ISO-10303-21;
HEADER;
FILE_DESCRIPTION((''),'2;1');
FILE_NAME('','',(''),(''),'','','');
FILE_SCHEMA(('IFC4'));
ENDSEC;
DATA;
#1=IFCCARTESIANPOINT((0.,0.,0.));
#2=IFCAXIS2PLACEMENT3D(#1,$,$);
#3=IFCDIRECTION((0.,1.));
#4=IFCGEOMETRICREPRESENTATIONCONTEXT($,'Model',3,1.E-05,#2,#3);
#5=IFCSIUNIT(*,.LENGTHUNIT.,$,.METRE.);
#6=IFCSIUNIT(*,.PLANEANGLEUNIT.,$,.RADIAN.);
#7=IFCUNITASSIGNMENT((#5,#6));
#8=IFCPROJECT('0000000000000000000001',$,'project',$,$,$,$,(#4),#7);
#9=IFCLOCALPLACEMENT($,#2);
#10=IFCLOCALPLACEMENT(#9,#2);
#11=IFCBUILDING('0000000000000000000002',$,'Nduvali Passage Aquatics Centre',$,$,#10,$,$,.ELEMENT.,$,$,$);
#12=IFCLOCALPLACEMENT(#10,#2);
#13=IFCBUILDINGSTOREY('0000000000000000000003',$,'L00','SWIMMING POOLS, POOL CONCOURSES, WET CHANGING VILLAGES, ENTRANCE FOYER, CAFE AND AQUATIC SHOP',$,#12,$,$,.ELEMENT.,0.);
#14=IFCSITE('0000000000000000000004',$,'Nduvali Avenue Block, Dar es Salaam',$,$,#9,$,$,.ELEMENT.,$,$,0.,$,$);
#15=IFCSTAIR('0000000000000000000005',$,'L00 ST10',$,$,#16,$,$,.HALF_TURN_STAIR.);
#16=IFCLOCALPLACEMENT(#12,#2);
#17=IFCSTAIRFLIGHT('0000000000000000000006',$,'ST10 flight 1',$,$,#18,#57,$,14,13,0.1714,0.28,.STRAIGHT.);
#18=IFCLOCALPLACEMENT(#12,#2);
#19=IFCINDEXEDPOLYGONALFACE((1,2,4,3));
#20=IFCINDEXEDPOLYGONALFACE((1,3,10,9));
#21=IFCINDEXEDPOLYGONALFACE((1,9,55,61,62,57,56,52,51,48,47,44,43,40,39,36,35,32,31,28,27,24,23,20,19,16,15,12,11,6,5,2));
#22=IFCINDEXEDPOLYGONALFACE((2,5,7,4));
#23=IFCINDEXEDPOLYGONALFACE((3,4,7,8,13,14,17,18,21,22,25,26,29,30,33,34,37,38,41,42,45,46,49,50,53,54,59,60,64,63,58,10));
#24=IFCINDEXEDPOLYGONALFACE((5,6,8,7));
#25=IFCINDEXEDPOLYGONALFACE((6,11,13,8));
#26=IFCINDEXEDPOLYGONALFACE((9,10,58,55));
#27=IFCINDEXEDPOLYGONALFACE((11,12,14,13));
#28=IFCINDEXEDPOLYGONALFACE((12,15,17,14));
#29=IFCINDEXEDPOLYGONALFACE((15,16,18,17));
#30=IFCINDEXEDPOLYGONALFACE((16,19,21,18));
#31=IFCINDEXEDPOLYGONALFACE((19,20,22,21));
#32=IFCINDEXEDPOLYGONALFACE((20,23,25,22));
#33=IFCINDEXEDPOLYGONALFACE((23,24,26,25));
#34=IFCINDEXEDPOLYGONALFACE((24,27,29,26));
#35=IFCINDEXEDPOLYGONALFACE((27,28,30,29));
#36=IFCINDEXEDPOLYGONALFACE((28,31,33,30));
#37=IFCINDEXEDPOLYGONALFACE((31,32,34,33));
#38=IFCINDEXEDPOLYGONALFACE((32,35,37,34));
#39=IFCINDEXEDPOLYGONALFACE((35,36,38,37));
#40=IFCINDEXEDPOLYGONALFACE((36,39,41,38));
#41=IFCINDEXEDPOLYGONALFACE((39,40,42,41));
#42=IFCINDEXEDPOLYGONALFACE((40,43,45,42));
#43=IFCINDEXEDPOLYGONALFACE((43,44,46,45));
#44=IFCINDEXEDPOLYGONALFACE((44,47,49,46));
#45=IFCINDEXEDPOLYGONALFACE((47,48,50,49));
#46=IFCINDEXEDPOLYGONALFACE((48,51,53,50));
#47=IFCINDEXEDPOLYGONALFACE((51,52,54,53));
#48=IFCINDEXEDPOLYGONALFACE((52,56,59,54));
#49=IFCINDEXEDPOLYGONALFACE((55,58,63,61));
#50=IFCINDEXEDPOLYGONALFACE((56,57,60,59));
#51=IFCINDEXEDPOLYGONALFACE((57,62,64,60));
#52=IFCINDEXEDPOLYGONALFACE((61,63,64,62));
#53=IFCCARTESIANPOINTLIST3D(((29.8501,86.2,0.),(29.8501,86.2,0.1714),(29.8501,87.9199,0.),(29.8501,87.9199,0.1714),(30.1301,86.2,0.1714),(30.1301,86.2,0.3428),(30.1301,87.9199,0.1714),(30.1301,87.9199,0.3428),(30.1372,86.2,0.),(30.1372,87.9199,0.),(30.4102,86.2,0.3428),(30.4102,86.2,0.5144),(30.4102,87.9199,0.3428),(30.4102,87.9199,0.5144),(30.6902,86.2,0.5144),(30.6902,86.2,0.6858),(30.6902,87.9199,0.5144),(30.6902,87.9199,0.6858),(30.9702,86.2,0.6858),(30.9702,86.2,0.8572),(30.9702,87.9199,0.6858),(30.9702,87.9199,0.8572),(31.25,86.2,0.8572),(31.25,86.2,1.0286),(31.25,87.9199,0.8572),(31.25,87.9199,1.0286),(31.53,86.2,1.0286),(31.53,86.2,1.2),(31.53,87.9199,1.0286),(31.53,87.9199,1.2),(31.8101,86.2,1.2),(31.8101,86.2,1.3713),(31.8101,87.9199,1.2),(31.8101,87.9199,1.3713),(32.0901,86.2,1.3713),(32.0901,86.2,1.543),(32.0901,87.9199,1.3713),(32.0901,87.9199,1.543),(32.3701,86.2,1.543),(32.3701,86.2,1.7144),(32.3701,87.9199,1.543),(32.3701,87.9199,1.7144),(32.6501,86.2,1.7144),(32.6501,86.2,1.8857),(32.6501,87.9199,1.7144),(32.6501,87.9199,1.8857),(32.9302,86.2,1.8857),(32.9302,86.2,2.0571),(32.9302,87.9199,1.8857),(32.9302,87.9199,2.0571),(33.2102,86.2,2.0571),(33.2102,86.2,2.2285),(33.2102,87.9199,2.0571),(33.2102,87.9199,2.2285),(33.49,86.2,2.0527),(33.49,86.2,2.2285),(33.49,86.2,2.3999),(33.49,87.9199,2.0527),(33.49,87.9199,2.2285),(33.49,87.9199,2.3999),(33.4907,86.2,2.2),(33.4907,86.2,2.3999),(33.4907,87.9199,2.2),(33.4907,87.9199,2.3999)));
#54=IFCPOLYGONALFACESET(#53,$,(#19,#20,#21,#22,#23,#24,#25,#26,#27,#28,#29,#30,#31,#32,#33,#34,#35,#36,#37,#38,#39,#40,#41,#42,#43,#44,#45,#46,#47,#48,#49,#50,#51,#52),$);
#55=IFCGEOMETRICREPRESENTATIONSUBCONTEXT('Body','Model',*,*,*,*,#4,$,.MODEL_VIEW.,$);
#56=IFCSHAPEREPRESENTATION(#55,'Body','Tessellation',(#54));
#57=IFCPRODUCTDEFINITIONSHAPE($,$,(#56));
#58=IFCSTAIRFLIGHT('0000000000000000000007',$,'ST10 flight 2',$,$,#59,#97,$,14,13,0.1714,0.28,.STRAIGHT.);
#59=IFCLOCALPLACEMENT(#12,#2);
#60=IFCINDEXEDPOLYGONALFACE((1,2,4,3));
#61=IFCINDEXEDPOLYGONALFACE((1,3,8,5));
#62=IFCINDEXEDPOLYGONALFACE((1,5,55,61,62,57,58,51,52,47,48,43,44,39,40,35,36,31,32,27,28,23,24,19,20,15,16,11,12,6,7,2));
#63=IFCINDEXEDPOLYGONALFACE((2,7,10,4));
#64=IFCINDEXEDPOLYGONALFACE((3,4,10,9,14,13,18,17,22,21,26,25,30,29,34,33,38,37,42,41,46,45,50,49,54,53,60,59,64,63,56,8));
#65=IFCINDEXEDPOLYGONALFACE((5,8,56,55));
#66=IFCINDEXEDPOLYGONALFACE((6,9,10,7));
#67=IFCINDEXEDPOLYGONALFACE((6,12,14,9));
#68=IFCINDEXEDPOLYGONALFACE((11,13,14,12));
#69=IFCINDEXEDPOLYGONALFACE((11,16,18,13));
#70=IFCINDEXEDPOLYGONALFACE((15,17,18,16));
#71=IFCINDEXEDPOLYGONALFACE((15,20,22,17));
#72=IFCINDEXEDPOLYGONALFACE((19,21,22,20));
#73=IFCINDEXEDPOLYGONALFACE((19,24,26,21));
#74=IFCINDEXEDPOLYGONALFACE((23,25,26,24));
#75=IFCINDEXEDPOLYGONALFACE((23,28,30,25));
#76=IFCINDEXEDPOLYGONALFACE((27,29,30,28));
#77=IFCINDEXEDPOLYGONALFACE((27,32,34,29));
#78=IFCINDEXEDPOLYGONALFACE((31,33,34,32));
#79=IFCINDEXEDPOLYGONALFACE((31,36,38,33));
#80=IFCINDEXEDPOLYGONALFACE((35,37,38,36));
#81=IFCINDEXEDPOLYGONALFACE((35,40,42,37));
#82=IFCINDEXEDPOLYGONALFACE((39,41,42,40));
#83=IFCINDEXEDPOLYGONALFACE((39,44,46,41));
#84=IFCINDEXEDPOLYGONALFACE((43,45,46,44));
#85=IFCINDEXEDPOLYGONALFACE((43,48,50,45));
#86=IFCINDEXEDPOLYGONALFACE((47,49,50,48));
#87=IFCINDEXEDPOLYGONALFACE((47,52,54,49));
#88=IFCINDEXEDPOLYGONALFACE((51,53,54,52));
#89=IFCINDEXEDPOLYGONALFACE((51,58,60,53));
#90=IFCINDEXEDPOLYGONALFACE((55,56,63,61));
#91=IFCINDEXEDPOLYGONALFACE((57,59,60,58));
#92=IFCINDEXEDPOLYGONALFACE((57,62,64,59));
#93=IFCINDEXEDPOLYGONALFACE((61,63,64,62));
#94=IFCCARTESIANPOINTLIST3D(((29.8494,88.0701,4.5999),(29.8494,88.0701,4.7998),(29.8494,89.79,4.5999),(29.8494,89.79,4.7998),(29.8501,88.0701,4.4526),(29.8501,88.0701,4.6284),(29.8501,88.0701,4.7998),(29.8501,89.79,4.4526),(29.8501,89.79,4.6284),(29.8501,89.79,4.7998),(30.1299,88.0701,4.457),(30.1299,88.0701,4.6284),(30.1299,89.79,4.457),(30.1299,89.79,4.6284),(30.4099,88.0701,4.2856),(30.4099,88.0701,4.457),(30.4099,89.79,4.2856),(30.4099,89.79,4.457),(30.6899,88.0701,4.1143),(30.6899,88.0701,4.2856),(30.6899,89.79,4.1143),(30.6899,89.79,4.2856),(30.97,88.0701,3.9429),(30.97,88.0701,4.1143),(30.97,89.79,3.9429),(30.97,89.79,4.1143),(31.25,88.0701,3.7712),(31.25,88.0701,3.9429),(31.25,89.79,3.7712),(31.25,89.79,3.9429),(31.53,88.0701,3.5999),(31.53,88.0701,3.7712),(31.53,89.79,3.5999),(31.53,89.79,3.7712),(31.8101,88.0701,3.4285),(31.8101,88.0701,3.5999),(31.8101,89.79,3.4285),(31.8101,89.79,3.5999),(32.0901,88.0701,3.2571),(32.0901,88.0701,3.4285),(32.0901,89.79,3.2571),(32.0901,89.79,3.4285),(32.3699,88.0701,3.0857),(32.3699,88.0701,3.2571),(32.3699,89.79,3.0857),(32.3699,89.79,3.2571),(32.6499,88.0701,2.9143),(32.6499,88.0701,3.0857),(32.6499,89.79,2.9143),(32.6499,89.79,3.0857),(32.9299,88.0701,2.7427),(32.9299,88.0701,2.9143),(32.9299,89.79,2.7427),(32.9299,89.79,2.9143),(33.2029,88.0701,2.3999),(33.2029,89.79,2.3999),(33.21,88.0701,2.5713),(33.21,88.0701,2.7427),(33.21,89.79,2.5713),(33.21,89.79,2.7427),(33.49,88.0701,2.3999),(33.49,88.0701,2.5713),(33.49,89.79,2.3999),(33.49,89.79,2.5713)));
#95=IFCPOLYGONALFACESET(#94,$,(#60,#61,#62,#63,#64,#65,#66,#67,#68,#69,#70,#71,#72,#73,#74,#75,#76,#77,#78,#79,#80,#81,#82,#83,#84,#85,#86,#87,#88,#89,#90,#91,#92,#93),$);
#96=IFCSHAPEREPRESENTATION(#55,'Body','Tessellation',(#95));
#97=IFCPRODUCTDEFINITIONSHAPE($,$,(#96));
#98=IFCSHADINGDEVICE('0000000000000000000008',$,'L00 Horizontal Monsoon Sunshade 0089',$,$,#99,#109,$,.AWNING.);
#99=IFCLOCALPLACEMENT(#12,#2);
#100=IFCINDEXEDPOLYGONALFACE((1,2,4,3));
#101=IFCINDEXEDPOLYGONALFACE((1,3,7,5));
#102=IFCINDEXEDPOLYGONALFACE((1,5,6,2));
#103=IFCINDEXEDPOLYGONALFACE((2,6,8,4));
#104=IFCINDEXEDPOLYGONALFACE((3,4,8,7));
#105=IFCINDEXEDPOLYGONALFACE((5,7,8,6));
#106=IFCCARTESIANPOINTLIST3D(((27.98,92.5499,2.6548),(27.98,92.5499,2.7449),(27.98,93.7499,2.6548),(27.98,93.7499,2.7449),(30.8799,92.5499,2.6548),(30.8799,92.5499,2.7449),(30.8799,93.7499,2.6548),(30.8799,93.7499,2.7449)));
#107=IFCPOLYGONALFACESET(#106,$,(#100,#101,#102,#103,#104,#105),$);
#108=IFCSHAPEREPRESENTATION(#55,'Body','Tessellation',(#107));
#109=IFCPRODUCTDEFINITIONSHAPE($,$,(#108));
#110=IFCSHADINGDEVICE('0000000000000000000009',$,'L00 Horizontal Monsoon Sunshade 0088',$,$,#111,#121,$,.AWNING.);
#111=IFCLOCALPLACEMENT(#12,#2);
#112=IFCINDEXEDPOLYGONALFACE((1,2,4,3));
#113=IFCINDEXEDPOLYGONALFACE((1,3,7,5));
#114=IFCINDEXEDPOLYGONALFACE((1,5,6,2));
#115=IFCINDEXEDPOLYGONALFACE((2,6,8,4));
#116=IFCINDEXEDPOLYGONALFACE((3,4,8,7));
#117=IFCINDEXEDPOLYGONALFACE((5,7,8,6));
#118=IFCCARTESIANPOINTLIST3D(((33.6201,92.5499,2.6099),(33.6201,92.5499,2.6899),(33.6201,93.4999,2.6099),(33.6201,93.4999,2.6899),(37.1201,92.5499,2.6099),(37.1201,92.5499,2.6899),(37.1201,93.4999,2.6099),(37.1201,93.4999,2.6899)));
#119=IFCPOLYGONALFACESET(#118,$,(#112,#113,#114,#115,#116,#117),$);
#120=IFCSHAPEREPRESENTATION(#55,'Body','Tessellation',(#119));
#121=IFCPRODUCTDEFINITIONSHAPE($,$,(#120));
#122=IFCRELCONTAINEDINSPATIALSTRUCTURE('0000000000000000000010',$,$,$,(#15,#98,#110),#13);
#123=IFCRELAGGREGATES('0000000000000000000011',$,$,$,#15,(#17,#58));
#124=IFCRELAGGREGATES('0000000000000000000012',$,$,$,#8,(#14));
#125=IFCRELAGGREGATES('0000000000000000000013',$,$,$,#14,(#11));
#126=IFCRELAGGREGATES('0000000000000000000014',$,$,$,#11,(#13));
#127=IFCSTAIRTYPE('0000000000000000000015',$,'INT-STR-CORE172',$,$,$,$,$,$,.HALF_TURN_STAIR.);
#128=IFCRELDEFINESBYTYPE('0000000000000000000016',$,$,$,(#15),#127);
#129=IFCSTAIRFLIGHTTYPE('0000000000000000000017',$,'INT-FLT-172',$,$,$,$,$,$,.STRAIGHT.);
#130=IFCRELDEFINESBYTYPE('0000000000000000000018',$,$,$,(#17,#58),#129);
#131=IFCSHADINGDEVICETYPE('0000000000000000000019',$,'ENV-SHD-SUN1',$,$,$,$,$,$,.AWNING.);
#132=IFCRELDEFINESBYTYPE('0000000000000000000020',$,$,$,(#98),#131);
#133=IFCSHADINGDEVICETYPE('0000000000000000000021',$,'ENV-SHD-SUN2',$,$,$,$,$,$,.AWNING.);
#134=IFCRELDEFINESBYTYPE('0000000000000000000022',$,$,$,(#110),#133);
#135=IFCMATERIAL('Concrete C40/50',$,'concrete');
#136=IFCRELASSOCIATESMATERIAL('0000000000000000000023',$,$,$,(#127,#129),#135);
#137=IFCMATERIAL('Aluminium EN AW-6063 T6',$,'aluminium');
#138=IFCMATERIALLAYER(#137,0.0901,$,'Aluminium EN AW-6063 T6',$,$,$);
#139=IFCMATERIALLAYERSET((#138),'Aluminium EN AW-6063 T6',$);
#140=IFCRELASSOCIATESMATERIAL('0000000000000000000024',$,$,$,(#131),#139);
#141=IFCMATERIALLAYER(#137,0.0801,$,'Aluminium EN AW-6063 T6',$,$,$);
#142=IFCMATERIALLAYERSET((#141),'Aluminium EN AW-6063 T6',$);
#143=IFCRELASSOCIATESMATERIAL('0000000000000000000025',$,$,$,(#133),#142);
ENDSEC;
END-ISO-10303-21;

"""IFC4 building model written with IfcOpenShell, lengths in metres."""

from ifc_helpers import new_model, si_unit, direction, frame, origin, origin_2d, place, context, subcontext, project, spatial, polyline, rectangle, outline, extrude, material, layer, layer_set, type_object, element, aggregate, save


model = new_model("IFC4")

# Units and contexts
model_context = context("Model", 3, precision=1e-05, world=origin(), true_north=direction((0.0, 1.0)))
body_context = subcontext(model_context, "Body", "Model", "MODEL_VIEW")
ifc_project = project(units=[si_unit("LENGTHUNIT", "METRE"), si_unit("PLANEANGLEUNIT", "RADIAN")], contexts=[model_context])

# Site, building, storey
site_placement = place(None, origin())
site = spatial("IfcSite", under=ifc_project, at=site_placement, Name="Nduvali Avenue Block, Dar es Salaam", CompositionType="ELEMENT", RefElevation=0.0)
building_placement = place(site_placement, origin())
building = spatial("IfcBuilding", under=site, at=building_placement, Name="Nduvali Passage Aquatics Centre", CompositionType="ELEMENT")
storey_placement = place(building_placement, origin())
storey = spatial("IfcBuildingStorey", under=building, at=storey_placement, Name="L00", Description="SWIMMING POOLS, POOL CONCOURSES, WET CHANGING VILLAGES, ENTRANCE FOYER, CAFE AND AQUATIC SHOP", CompositionType="ELEMENT", Elevation=0.0)

# Shared definitions
ifc_material_1 = material(Name="Concrete C40/50", Category="concrete")

# Shared definitions
ifc_material_2 = material(Name="Aluminium EN AW-6063 T6", Category="aluminium")

# Stair, stair flights
stair_type = type_object("IfcStairType", Name="INT-STR-CORE172", PredefinedType="HALF_TURN_STAIR", material=ifc_material_1)
stair_placement = place(storey_placement, origin())
stair = element("IfcStair", 1, at=stair_placement, inside=storey, type_object=stair_type, Name="L00 ST10", PredefinedType="HALF_TURN_STAIR")
stair_flight_type = type_object("IfcStairFlightType", Name="INT-FLT-172", PredefinedType="STRAIGHT", material=ifc_material_1)
stair_flight_1_placement = place(storey_placement, frame((29.8501, 87.0601, 0.0), z_axis=(0.0, 0.0, 1.0), x_axis=(1.0, 0.0, 0.0)))
stair_flight_1 = element("IfcStairFlight", 2, at=stair_flight_1_placement, type_object=stair_flight_type, Name="ST10 flight 1", NumberOfRisers=14, NumberOfTreads=13, PredefinedType="STRAIGHT", RiserHeight=0.1714, TreadLength=0.28, context=body_context, shape_type="SweptSolid", body=[
    extrude(outline(polyline([(0.0, 0.0), (0.0, 0.1714), (0.28, 0.1714), (0.28, 0.3428), (0.5601, 0.3428), (0.5601, 0.5144), (0.8401, 0.5144), (0.8401, 0.6858), (1.1201, 0.6858), (1.1201, 0.8572), (1.3999, 0.8572), (1.3999, 1.0286), (1.6799, 1.0286), (1.6799, 1.2), (1.96, 1.2), (1.96, 1.3713), (2.24, 1.3713), (2.24, 1.543), (2.52, 1.543), (2.52, 1.7144), (2.8, 1.7144), (2.8, 1.8857), (3.0801, 1.8857), (3.0801, 2.0571), (3.3601, 2.0571), (3.3601, 2.2285), (3.6399, 2.2285), (3.6399, 2.3999), (3.6406, 2.3999), (3.6406, 2.2), (3.6399, 2.0527), (0.2871, 0.0), (0.0, 0.0)])), frame((0.0, 0.8599, 0.0), z_axis=(0.0, -1.0, 0.0), x_axis=(1.0, 0.0, 0.0)), (0.0, 0.0, 1.0), 1.72),
])
stair_flight_2_placement = place(storey_placement, frame((33.49, 88.9299, 2.3999), z_axis=(0.0, 0.0, 1.0), x_axis=(-1.0, 0.0, 0.0)))
stair_flight_2 = element("IfcStairFlight", 3, at=stair_flight_2_placement, type_object=stair_flight_type, Name="ST10 flight 2", NumberOfRisers=14, NumberOfTreads=13, PredefinedType="STRAIGHT", RiserHeight=0.1714, TreadLength=0.28, context=body_context, shape_type="SweptSolid", body=[
    extrude(outline(polyline([(0.0, 0.0), (0.0, 0.1714), (0.28, 0.1714), (0.28, 0.3428), (0.5601, 0.3428), (0.5601, 0.5144), (0.8401, 0.5144), (0.8401, 0.6858), (1.1201, 0.6858), (1.1201, 0.8572), (1.3999, 0.8572), (1.3999, 1.0286), (1.6799, 1.0286), (1.6799, 1.2), (1.96, 1.2), (1.96, 1.3713), (2.24, 1.3713), (2.24, 1.543), (2.52, 1.543), (2.52, 1.7144), (2.8, 1.7144), (2.8, 1.8857), (3.0801, 1.8857), (3.0801, 2.0571), (3.3601, 2.0571), (3.3601, 2.2285), (3.6399, 2.2285), (3.6399, 2.3999), (3.6406, 2.3999), (3.6406, 2.2), (3.6399, 2.0527), (0.2871, 0.0), (0.0, 0.0)])), frame((0.0, 0.8599, 0.0), z_axis=(0.0, -1.0, 0.0), x_axis=(1.0, 0.0, 0.0)), (0.0, 0.0, 1.0), 1.72),
])
aggregate(stair, [stair_flight_1, stair_flight_2])

# Shading devices
ifc_layer_1 = layer(ifc_material_2, 0.0901, Name="Aluminium EN AW-6063 T6")
ifc_layer_set_1 = layer_set([ifc_layer_1], Name="Aluminium EN AW-6063 T6")
shading_device_type_1 = type_object("IfcShadingDeviceType", Name="ENV-SHD-SUN1", PredefinedType="AWNING", material=ifc_layer_set_1)
shading_device_1_placement = place(storey_placement, frame((29.4299, 93.1499, 2.6548), z_axis=(0.0, 0.0, 1.0), x_axis=(-1.0, 0.0, 0.0)))
element("IfcShadingDevice", 4, at=shading_device_1_placement, inside=storey, type_object=shading_device_type_1, Name="L00 Horizontal Monsoon Sunshade 0089", PredefinedType="AWNING", context=body_context, shape_type="SweptSolid", body=[
    extrude(rectangle(XDim=2.8999, YDim=1.2, at=origin_2d()), origin(), (0.0, 0.0, 1.0), 0.0901),
])
ifc_layer_2 = layer(ifc_material_2, 0.0801, Name="Aluminium EN AW-6063 T6")
ifc_layer_set_2 = layer_set([ifc_layer_2], Name="Aluminium EN AW-6063 T6")
shading_device_type_2 = type_object("IfcShadingDeviceType", Name="ENV-SHD-SUN2", PredefinedType="AWNING", material=ifc_layer_set_2)
shading_device_2_placement = place(storey_placement, frame((35.3701, 93.0249, 2.6099), z_axis=(0.0, 0.0, 1.0), x_axis=(-1.0, 0.0, 0.0)))
element("IfcShadingDevice", 5, at=shading_device_2_placement, inside=storey, type_object=shading_device_type_2, Name="L00 Horizontal Monsoon Sunshade 0088", PredefinedType="AWNING", context=body_context, shape_type="SweptSolid", body=[
    extrude(rectangle(XDim=3.5, YDim=0.95, at=origin_2d()), origin(), (0.0, 0.0, 1.0), 0.0801),
])

save(model, "model.ifc")
